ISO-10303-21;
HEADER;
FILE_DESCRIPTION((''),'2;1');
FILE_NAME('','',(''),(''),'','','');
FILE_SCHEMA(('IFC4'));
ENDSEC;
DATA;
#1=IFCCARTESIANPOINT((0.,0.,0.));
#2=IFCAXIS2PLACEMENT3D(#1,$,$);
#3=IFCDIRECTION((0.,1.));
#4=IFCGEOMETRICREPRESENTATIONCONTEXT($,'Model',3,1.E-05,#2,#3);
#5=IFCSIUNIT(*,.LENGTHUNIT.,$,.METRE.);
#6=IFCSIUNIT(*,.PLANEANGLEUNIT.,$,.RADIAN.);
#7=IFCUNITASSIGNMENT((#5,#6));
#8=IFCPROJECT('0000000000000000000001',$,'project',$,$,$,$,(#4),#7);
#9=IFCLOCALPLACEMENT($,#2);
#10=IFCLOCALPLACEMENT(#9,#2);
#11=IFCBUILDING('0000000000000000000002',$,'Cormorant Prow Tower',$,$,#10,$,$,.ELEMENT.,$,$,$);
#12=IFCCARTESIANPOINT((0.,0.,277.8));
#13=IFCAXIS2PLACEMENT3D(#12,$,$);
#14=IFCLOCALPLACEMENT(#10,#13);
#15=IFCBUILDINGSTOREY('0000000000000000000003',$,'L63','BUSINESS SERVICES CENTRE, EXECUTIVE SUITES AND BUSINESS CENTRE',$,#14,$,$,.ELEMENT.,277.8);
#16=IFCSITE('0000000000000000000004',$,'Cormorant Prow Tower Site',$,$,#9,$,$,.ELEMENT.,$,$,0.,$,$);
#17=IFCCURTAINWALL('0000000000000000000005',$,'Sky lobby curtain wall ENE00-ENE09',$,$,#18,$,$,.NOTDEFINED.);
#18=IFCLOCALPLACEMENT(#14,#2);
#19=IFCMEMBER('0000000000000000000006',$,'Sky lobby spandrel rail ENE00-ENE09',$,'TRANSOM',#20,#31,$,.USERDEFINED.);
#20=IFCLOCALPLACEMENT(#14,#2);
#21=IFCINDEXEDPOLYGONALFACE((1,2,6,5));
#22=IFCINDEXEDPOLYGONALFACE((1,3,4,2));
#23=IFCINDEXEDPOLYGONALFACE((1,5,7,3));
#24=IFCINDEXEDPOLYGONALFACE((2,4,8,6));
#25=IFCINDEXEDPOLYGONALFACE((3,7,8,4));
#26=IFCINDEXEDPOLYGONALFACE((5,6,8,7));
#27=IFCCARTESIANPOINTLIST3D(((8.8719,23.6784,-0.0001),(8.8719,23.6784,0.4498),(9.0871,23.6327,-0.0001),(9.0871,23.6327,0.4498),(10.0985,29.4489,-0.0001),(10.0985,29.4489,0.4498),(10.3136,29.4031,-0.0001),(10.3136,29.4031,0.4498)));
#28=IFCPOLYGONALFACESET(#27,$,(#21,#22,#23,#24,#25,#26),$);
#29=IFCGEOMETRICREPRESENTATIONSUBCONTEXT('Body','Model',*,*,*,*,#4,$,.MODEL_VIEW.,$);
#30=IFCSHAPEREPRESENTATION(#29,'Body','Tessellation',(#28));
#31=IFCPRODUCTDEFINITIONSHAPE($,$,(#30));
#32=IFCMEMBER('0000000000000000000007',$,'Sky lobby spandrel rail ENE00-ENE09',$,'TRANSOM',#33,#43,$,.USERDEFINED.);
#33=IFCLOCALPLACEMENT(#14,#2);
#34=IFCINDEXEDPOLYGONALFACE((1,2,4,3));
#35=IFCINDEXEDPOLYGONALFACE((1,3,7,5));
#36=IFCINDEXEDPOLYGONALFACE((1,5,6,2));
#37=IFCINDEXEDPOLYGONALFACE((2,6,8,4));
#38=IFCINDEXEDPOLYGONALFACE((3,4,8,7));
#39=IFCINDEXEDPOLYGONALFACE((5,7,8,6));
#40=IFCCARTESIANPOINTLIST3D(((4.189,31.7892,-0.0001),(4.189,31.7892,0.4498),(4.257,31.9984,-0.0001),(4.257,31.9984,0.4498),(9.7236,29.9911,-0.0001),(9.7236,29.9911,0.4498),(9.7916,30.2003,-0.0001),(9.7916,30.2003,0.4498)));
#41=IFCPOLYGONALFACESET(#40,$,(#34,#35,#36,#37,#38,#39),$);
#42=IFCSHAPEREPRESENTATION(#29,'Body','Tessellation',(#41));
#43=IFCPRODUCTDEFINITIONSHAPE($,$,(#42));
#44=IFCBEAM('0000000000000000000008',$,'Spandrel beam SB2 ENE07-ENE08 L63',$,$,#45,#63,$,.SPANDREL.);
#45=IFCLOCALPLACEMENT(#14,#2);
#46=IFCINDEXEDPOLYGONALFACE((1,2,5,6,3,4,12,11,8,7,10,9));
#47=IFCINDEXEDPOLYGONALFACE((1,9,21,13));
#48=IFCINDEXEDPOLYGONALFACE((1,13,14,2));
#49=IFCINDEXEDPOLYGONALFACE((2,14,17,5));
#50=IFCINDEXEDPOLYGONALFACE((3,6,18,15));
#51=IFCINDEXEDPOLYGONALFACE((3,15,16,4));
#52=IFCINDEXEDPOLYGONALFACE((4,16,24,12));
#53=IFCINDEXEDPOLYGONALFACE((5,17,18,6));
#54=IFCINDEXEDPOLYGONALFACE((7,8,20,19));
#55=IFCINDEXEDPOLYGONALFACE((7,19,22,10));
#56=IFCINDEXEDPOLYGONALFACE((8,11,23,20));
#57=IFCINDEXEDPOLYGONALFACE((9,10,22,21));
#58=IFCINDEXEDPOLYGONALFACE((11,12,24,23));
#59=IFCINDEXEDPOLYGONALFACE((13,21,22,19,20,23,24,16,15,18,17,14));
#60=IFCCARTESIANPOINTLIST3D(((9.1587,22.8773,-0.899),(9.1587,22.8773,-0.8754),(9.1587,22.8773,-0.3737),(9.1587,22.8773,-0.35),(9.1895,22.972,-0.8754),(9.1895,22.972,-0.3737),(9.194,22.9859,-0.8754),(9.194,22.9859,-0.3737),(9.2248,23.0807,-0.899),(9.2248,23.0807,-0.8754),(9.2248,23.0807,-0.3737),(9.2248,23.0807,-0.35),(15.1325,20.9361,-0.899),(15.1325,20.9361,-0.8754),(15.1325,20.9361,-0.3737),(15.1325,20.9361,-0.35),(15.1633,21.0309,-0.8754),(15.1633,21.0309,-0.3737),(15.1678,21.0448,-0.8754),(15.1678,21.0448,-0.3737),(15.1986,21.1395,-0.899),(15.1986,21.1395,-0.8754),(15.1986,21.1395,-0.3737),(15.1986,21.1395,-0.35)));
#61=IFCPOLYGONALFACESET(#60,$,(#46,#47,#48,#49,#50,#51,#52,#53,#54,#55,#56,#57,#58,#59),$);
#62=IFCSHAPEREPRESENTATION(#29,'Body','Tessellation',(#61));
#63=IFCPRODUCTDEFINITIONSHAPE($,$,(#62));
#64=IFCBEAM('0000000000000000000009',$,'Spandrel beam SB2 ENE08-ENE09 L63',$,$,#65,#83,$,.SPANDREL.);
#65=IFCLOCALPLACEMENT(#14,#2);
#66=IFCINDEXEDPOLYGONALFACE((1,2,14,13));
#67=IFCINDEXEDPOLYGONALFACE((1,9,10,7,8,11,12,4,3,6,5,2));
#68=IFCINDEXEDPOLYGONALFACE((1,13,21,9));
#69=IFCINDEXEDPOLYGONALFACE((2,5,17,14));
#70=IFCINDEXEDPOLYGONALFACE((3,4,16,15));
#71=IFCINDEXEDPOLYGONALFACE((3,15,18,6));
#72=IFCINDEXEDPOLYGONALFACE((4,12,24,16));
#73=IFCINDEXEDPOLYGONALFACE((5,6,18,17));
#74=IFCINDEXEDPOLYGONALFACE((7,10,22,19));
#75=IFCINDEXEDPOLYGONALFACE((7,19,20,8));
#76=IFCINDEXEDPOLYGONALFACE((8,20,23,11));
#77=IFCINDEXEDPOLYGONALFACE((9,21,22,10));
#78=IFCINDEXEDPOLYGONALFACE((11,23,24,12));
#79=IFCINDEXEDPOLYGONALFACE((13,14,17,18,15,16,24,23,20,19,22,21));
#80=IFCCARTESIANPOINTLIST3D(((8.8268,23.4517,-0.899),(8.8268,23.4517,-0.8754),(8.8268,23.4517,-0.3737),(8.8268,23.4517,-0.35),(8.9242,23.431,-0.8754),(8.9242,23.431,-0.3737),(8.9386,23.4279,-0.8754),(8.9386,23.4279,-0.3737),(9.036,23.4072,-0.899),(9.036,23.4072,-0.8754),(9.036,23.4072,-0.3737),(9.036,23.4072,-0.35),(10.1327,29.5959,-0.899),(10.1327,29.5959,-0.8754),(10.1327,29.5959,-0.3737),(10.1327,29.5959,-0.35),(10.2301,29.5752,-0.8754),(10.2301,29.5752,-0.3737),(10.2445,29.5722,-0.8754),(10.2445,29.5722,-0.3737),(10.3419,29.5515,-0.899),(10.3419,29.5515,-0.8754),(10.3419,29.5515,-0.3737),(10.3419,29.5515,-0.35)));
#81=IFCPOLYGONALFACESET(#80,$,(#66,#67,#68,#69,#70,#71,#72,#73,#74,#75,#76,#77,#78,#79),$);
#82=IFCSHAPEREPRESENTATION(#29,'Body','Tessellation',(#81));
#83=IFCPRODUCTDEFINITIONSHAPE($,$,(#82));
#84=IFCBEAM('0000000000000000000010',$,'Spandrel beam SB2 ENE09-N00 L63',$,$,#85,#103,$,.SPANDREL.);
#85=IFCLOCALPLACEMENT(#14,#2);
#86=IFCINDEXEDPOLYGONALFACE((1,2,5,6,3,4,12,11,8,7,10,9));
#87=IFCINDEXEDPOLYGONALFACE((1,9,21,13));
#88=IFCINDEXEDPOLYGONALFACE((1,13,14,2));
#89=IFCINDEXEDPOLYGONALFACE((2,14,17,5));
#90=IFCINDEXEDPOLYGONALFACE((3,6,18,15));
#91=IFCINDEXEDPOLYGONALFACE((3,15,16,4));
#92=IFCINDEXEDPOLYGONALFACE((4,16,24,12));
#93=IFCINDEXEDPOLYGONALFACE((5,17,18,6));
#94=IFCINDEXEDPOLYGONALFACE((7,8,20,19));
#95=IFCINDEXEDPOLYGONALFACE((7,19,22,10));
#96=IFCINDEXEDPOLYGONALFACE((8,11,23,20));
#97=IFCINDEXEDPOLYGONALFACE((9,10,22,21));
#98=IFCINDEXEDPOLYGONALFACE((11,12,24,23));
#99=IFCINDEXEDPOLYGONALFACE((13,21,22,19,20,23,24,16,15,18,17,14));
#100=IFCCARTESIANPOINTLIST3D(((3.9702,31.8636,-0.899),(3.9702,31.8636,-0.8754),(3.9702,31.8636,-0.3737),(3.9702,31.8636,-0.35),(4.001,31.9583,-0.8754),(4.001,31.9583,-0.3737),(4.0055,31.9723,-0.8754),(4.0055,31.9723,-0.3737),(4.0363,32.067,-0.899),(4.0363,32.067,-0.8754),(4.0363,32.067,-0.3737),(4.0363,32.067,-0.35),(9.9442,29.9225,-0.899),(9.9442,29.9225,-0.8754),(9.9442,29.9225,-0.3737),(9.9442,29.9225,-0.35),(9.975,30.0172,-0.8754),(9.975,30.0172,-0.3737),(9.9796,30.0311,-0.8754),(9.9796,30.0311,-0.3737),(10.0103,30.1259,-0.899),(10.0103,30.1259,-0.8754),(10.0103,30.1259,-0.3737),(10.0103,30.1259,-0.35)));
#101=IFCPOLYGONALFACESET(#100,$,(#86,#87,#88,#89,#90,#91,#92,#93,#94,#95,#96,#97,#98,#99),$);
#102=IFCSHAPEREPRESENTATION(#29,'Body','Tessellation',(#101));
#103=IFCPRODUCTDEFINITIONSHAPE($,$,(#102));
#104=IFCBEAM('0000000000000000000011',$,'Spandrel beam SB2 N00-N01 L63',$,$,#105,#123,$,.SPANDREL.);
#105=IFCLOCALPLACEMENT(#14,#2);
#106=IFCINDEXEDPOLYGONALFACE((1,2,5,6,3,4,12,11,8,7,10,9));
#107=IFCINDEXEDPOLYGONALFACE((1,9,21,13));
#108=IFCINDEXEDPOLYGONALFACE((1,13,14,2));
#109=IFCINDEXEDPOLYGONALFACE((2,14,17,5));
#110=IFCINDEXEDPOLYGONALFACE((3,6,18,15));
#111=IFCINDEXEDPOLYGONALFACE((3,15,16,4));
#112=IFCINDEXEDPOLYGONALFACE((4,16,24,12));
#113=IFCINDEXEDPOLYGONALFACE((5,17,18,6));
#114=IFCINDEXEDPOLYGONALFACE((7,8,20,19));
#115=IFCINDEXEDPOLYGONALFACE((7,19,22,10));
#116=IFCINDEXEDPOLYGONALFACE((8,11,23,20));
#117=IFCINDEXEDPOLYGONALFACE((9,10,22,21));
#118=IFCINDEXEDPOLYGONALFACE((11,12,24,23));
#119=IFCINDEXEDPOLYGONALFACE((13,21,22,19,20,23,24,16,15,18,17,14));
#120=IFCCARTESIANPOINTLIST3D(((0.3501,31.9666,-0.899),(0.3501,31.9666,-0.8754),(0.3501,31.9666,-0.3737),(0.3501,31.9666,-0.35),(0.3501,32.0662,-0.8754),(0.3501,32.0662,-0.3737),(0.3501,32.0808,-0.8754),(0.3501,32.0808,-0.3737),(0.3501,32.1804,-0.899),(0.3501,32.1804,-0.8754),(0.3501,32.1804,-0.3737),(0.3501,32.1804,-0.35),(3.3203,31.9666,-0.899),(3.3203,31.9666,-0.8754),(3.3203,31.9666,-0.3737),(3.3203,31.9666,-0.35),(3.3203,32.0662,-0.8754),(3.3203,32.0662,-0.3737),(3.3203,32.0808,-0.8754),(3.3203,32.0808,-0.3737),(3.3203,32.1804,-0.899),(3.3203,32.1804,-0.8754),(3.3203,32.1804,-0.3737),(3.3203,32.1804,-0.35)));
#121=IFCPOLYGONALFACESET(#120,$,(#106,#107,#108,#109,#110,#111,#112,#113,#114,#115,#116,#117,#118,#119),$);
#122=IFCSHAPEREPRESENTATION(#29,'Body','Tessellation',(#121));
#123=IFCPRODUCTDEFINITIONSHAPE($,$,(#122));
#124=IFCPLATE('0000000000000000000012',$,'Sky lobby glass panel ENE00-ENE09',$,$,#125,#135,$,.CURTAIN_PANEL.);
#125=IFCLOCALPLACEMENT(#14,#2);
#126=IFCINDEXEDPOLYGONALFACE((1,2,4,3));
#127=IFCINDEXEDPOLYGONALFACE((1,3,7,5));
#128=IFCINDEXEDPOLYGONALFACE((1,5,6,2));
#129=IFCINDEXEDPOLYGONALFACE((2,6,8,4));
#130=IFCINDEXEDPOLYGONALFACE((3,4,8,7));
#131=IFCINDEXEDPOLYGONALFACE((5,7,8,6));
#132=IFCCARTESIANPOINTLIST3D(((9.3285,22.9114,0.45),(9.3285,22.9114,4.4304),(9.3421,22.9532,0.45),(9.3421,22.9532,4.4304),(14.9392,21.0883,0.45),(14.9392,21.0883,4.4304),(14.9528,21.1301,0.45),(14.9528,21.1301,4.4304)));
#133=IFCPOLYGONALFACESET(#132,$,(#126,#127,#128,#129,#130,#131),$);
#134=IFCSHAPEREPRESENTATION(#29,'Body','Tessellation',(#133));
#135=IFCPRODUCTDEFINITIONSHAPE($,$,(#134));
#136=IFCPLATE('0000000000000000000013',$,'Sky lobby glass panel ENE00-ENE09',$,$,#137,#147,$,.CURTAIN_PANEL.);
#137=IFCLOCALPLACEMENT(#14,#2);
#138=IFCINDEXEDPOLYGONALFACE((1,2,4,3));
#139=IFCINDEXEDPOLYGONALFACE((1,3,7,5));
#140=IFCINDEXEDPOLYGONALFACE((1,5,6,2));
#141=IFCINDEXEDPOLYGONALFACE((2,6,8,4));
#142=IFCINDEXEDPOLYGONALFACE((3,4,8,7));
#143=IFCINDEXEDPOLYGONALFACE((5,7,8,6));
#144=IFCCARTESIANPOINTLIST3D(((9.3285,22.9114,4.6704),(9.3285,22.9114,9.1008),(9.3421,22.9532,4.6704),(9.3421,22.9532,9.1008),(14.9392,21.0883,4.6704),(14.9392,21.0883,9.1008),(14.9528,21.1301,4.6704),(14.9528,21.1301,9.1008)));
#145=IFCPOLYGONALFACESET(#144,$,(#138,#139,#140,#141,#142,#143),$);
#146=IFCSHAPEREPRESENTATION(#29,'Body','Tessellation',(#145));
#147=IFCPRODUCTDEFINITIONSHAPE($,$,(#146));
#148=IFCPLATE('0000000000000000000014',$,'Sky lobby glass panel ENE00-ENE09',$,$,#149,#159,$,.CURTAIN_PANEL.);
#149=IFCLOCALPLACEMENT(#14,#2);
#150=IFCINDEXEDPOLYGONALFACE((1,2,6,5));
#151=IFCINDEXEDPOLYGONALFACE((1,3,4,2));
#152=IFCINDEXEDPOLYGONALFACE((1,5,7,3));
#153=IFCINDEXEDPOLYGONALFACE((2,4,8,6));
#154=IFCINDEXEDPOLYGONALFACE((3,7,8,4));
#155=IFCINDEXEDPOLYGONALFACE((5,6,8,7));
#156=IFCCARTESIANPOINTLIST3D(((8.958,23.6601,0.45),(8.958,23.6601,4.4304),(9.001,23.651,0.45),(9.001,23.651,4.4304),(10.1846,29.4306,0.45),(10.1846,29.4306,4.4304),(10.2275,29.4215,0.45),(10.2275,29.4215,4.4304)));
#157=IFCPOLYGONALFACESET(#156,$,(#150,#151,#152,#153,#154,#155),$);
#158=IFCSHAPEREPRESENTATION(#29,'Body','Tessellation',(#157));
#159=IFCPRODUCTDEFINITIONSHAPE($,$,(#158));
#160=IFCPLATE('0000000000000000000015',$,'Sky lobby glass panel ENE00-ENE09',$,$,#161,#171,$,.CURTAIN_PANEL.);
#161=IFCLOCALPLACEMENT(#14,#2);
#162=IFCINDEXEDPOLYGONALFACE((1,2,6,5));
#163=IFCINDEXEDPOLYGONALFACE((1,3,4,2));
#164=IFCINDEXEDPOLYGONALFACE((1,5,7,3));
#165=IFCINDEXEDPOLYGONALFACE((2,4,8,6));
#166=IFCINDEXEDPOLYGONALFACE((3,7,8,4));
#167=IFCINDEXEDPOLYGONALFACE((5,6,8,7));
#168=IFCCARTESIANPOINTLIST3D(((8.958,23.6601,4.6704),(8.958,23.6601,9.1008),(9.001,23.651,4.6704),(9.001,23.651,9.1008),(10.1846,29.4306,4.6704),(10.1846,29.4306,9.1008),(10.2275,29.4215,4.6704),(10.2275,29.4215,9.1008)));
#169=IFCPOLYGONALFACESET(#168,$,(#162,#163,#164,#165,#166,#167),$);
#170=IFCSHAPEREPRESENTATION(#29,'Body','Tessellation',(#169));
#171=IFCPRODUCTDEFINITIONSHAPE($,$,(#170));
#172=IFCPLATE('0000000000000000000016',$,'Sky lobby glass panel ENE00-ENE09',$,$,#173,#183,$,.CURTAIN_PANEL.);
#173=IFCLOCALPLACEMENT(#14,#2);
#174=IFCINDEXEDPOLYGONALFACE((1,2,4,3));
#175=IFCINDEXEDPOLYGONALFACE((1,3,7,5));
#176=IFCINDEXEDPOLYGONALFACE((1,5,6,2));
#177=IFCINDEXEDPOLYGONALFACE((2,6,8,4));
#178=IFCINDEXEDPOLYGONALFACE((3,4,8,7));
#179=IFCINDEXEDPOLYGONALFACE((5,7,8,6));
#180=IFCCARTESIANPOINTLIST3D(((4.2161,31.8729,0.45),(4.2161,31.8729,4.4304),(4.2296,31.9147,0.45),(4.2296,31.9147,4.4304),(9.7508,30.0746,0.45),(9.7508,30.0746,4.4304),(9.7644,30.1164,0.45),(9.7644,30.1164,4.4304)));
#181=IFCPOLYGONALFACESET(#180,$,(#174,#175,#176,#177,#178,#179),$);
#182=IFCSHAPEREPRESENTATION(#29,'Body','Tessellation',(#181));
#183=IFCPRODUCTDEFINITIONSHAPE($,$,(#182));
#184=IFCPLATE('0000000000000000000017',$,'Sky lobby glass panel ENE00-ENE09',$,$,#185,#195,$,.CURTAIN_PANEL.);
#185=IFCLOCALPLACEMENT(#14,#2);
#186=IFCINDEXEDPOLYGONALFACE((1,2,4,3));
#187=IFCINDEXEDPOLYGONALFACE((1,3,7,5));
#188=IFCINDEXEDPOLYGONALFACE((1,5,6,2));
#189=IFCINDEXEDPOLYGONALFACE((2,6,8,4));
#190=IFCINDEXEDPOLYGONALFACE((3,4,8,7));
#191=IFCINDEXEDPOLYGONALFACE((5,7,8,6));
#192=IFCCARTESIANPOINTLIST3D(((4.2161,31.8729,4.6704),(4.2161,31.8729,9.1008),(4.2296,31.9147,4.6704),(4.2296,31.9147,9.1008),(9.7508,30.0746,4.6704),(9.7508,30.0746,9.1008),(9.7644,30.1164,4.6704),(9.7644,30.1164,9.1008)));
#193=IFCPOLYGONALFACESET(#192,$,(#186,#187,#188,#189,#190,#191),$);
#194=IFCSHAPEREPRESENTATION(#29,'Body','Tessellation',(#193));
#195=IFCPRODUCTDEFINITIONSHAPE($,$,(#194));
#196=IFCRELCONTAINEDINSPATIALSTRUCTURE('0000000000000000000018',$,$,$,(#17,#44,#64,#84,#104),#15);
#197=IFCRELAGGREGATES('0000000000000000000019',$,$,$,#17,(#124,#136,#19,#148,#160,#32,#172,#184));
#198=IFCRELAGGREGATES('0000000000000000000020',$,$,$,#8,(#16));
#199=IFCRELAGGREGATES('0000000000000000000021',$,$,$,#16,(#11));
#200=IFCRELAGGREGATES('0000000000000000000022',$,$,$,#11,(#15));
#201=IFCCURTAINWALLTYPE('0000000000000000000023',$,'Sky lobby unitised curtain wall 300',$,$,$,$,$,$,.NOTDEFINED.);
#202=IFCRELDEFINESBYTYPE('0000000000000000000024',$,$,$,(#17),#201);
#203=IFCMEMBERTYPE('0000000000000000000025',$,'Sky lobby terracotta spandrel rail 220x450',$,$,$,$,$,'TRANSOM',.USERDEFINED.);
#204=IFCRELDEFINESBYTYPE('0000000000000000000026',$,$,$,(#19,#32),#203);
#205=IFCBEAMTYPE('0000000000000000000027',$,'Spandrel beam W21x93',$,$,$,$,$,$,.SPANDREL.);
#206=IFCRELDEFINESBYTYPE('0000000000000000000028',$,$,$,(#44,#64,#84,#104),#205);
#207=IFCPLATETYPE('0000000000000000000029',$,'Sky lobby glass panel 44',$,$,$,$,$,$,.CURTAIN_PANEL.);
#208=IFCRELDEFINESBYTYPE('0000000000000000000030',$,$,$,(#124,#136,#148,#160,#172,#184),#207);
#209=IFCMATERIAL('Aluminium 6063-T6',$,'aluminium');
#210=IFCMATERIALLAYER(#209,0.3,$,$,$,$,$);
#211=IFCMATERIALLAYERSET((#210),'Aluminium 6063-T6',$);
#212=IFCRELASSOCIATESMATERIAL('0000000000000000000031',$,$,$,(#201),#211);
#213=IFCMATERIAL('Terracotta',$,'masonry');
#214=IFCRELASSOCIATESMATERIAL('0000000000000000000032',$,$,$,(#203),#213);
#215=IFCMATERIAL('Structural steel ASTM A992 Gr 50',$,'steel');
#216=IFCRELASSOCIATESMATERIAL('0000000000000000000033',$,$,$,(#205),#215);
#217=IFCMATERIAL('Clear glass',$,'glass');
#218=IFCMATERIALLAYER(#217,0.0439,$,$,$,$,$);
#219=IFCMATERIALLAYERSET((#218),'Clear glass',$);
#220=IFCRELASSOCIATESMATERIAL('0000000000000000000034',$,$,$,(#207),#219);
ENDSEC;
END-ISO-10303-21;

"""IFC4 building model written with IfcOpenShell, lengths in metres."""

from ifc_helpers import new_model, si_unit, direction, frame, origin, origin_2d, place, context, subcontext, project, spatial, rectangle, i_section, extrude, material, layer, layer_set, material_profile, profile_set, type_object, element, aggregate, save


model = new_model("IFC4")

# Units and contexts
model_context = context("Model", 3, precision=1e-05, world=origin(), true_north=direction((0.0, 1.0)))
body_context = subcontext(model_context, "Body", "Model", "MODEL_VIEW")
ifc_project = project(units=[si_unit("LENGTHUNIT", "METRE"), si_unit("PLANEANGLEUNIT", "RADIAN")], contexts=[model_context])

# Site, building, storey
site_placement = place(None, origin())
site = spatial("IfcSite", under=ifc_project, at=site_placement, Name="Cormorant Prow Tower Site", CompositionType="ELEMENT", RefElevation=0.0)
building_placement = place(site_placement, origin())
building = spatial("IfcBuilding", under=site, at=building_placement, Name="Cormorant Prow Tower", CompositionType="ELEMENT")
storey_placement = place(building_placement, frame((0.0, 0.0, 277.8)))
storey = spatial("IfcBuildingStorey", under=building, at=storey_placement, Name="L63", Description="BUSINESS SERVICES CENTRE, EXECUTIVE SUITES AND BUSINESS CENTRE", CompositionType="ELEMENT", Elevation=277.8)

# Curtain wall, members
ifc_material_1 = material(Name="Aluminium 6063-T6", Category="aluminium")
ifc_layer_1 = layer(ifc_material_1, 0.3)
ifc_layer_set_1 = layer_set([ifc_layer_1], Name="Aluminium 6063-T6")
curtain_wall_type = type_object("IfcCurtainWallType", Name="Sky lobby unitised curtain wall 300", PredefinedType="NOTDEFINED", material=ifc_layer_set_1)
curtain_wall_placement = place(storey_placement, origin())
curtain_wall = element("IfcCurtainWall", 1, at=curtain_wall_placement, inside=storey, type_object=curtain_wall_type, Name="Sky lobby curtain wall ENE00-ENE09", PredefinedType="NOTDEFINED")
ifc_material_2 = material(Name="Terracotta", Category="masonry")
ifc_material_profile_1 = material_profile(ifc_material_2, rectangle(XDim=0.22, YDim=0.45, at=origin_2d()), Name="Sky lobby terracotta spandrel rail 220x450")
ifc_profile_set_1 = profile_set([ifc_material_profile_1], Name="Terracotta")
member_type_1 = type_object("IfcMemberType", Name="Sky lobby terracotta spandrel rail 220x450", ElementType="TRANSOM", PredefinedType="USERDEFINED", material=ifc_profile_set_1)
member_1_placement = place(storey_placement, frame((8.9795, 23.6555, 0.2249), z_axis=(0.207912, 0.978147, 0.0), x_axis=(-0.978147, 0.207912, 0.0)))
member_1 = element("IfcMember", 2, at=member_1_placement, type_object=member_type_1, Name="Sky lobby spandrel rail ENE00-ENE09", ObjectType="TRANSOM", PredefinedType="USERDEFINED", context=body_context, shape_type="SweptSolid", body=[
    extrude(rectangle(XDim=0.22, YDim=0.45, at=origin_2d()), origin(), (0.0, 0.0, 1.0), 5.8994),
])
member_2_placement = place(storey_placement, frame((9.7576, 30.0957, 0.2249), z_axis=(-0.951068, 0.308982, 0.0), x_axis=(-0.308982, -0.951068, 0.0)))
member_2 = element("IfcMember", 3, at=member_2_placement, type_object=member_type_1, Name="Sky lobby spandrel rail ENE00-ENE09", ObjectType="TRANSOM", PredefinedType="USERDEFINED", context=body_context, shape_type="SweptSolid", body=[
    extrude(rectangle(XDim=0.22, YDim=0.45, at=origin_2d()), origin(), (0.0, 0.0, 1.0), 5.8193),
])

# Beams
ifc_material_3 = material(Name="Structural steel ASTM A992 Gr 50", Category="steel")
ifc_material_profile_2 = material_profile(ifc_material_3, i_section(OverallWidth=0.2139, OverallDepth=0.5491, WebThickness=0.0146, FlangeThickness=0.0237, at=origin_2d()), Name="W21x93")
ifc_profile_set_2 = profile_set([ifc_material_profile_2], Name="Structural steel ASTM A992 Gr 50")
beam_type = type_object("IfcBeamType", Name="Spandrel beam W21x93", PredefinedType="SPANDREL", material=ifc_profile_set_2)
beam_1_placement = place(storey_placement, frame((15.1655, 21.0378, -0.6245), z_axis=(-0.95105, 0.309036, 0.0), x_axis=(-0.309036, -0.95105, 0.0)))
element("IfcBeam", 4, at=beam_1_placement, inside=storey, type_object=beam_type, Name="Spandrel beam SB2 ENE07-ENE08 L63", PredefinedType="SPANDREL", context=body_context, shape_type="SweptSolid", body=[
    extrude(i_section(OverallWidth=0.2139, OverallDepth=0.5491, WebThickness=0.0146, FlangeThickness=0.0237, at=origin_2d()), origin(), (0.0, 0.0, 1.0), 6.2812),
])
for number, where, z_axis, x_axis, name in (
    (5, (8.9314, 23.4294, -0.6245), (0.207896, 0.978151, 0.0), (-0.978151, 0.207896, 0.0), "Spandrel beam SB2 ENE08-ENE09 L63"),
    (6, (9.9773, 30.0242, -0.6245), (-0.951054, 0.309025, 0.0), (-0.309025, -0.951054, 0.0), "Spandrel beam SB2 ENE09-N00 L63"),
):
    element("IfcBeam", number, at=place(storey_placement, frame(where, z_axis=z_axis, x_axis=x_axis)), inside=storey, type_object=beam_type, Name=name, PredefinedType="SPANDREL", context=body_context, shape_type="SweptSolid", body=[
        extrude(i_section(OverallWidth=0.2139, OverallDepth=0.5491, WebThickness=0.0146, FlangeThickness=0.0237, at=origin_2d()), origin(), (0.0, 0.0, 1.0), 6.2815),
    ])
beam_2_placement = place(storey_placement, frame((3.3203, 32.0735, -0.6245), z_axis=(-1.0, 0.0, 0.0), x_axis=(0.0, -1.0, 0.0)))
element("IfcBeam", 7, at=beam_2_placement, inside=storey, type_object=beam_type, Name="Spandrel beam SB2 N00-N01 L63", PredefinedType="SPANDREL", context=body_context, shape_type="SweptSolid", body=[
    extrude(i_section(OverallWidth=0.2139, OverallDepth=0.5491, WebThickness=0.0146, FlangeThickness=0.0237, at=origin_2d()), origin(), (0.0, 0.0, 1.0), 2.9702),
])

# Plates
ifc_material_4 = material(Name="Clear glass", Category="glass")
ifc_layer_2 = layer(ifc_material_4, 0.0439)
ifc_layer_set_2 = layer_set([ifc_layer_2], Name="Clear glass")
plate_type = type_object("IfcPlateType", Name="Sky lobby glass panel 44", PredefinedType="CURTAIN_PANEL", material=ifc_layer_set_2)
plate_1_placement = place(storey_placement, frame((12.1406, 22.0208, 0.45), z_axis=(0.0, 0.0, 1.0), x_axis=(-0.951056, 0.309017, 0.0)))
plate_1 = element("IfcPlate", 8, at=plate_1_placement, type_object=plate_type, Name="Sky lobby glass panel ENE00-ENE09", PredefinedType="CURTAIN_PANEL", context=body_context, shape_type="SweptSolid", body=[
    extrude(rectangle(XDim=5.8994, YDim=0.0439, at=origin_2d()), origin(), (0.0, 0.0, 1.0), 3.9805),
])
plate_2_placement = place(storey_placement, frame((12.1406, 22.0208, 4.6704), z_axis=(0.0, 0.0, 1.0), x_axis=(-0.951056, 0.309017, 0.0)))
plate_2 = element("IfcPlate", 9, at=plate_2_placement, type_object=plate_type, Name="Sky lobby glass panel ENE00-ENE09", PredefinedType="CURTAIN_PANEL", context=body_context, shape_type="SweptSolid", body=[
    extrude(rectangle(XDim=5.8994, YDim=0.0439, at=origin_2d()), origin(), (0.0, 0.0, 1.0), 4.4304),
])
plate_3_placement = place(storey_placement, frame((9.5928, 26.5408, 0.45), z_axis=(0.0, 0.0, 1.0), x_axis=(0.207912, 0.978148, 0.0)))
plate_3 = element("IfcPlate", 10, at=plate_3_placement, type_object=plate_type, Name="Sky lobby glass panel ENE00-ENE09", PredefinedType="CURTAIN_PANEL", context=body_context, shape_type="SweptSolid", body=[
    extrude(rectangle(XDim=5.8994, YDim=0.0439, at=origin_2d()), origin(), (0.0, 0.0, 1.0), 3.9805),
])
plate_4_placement = place(storey_placement, frame((9.5928, 26.5408, 4.6704), z_axis=(0.0, 0.0, 1.0), x_axis=(0.207912, 0.978148, 0.0)))
plate_4 = element("IfcPlate", 11, at=plate_4_placement, type_object=plate_type, Name="Sky lobby glass panel ENE00-ENE09", PredefinedType="CURTAIN_PANEL", context=body_context, shape_type="SweptSolid", body=[
    extrude(rectangle(XDim=5.8994, YDim=0.0439, at=origin_2d()), origin(), (0.0, 0.0, 1.0), 4.4304),
])
plate_5_placement = place(storey_placement, frame((6.9902, 30.9946, 0.45), z_axis=(0.0, 0.0, 1.0), x_axis=(-0.951057, 0.309017, 0.0)))
plate_5 = element("IfcPlate", 12, at=plate_5_placement, type_object=plate_type, Name="Sky lobby glass panel ENE00-ENE09", PredefinedType="CURTAIN_PANEL", context=body_context, shape_type="SweptSolid", body=[
    extrude(rectangle(XDim=5.8196, YDim=0.0439, at=origin_2d()), origin(), (0.0, 0.0, 1.0), 3.9805),
])
plate_6_placement = place(storey_placement, frame((6.9902, 30.9946, 4.6704), z_axis=(0.0, 0.0, 1.0), x_axis=(-0.951057, 0.309017, 0.0)))
plate_6 = element("IfcPlate", 13, at=plate_6_placement, type_object=plate_type, Name="Sky lobby glass panel ENE00-ENE09", PredefinedType="CURTAIN_PANEL", context=body_context, shape_type="SweptSolid", body=[
    extrude(rectangle(XDim=5.8196, YDim=0.0439, at=origin_2d()), origin(), (0.0, 0.0, 1.0), 4.4304),
])
aggregate(curtain_wall, [plate_1, plate_2, member_1, plate_3, plate_4, member_2, plate_5, plate_6])

save(model, "model.ifc")
